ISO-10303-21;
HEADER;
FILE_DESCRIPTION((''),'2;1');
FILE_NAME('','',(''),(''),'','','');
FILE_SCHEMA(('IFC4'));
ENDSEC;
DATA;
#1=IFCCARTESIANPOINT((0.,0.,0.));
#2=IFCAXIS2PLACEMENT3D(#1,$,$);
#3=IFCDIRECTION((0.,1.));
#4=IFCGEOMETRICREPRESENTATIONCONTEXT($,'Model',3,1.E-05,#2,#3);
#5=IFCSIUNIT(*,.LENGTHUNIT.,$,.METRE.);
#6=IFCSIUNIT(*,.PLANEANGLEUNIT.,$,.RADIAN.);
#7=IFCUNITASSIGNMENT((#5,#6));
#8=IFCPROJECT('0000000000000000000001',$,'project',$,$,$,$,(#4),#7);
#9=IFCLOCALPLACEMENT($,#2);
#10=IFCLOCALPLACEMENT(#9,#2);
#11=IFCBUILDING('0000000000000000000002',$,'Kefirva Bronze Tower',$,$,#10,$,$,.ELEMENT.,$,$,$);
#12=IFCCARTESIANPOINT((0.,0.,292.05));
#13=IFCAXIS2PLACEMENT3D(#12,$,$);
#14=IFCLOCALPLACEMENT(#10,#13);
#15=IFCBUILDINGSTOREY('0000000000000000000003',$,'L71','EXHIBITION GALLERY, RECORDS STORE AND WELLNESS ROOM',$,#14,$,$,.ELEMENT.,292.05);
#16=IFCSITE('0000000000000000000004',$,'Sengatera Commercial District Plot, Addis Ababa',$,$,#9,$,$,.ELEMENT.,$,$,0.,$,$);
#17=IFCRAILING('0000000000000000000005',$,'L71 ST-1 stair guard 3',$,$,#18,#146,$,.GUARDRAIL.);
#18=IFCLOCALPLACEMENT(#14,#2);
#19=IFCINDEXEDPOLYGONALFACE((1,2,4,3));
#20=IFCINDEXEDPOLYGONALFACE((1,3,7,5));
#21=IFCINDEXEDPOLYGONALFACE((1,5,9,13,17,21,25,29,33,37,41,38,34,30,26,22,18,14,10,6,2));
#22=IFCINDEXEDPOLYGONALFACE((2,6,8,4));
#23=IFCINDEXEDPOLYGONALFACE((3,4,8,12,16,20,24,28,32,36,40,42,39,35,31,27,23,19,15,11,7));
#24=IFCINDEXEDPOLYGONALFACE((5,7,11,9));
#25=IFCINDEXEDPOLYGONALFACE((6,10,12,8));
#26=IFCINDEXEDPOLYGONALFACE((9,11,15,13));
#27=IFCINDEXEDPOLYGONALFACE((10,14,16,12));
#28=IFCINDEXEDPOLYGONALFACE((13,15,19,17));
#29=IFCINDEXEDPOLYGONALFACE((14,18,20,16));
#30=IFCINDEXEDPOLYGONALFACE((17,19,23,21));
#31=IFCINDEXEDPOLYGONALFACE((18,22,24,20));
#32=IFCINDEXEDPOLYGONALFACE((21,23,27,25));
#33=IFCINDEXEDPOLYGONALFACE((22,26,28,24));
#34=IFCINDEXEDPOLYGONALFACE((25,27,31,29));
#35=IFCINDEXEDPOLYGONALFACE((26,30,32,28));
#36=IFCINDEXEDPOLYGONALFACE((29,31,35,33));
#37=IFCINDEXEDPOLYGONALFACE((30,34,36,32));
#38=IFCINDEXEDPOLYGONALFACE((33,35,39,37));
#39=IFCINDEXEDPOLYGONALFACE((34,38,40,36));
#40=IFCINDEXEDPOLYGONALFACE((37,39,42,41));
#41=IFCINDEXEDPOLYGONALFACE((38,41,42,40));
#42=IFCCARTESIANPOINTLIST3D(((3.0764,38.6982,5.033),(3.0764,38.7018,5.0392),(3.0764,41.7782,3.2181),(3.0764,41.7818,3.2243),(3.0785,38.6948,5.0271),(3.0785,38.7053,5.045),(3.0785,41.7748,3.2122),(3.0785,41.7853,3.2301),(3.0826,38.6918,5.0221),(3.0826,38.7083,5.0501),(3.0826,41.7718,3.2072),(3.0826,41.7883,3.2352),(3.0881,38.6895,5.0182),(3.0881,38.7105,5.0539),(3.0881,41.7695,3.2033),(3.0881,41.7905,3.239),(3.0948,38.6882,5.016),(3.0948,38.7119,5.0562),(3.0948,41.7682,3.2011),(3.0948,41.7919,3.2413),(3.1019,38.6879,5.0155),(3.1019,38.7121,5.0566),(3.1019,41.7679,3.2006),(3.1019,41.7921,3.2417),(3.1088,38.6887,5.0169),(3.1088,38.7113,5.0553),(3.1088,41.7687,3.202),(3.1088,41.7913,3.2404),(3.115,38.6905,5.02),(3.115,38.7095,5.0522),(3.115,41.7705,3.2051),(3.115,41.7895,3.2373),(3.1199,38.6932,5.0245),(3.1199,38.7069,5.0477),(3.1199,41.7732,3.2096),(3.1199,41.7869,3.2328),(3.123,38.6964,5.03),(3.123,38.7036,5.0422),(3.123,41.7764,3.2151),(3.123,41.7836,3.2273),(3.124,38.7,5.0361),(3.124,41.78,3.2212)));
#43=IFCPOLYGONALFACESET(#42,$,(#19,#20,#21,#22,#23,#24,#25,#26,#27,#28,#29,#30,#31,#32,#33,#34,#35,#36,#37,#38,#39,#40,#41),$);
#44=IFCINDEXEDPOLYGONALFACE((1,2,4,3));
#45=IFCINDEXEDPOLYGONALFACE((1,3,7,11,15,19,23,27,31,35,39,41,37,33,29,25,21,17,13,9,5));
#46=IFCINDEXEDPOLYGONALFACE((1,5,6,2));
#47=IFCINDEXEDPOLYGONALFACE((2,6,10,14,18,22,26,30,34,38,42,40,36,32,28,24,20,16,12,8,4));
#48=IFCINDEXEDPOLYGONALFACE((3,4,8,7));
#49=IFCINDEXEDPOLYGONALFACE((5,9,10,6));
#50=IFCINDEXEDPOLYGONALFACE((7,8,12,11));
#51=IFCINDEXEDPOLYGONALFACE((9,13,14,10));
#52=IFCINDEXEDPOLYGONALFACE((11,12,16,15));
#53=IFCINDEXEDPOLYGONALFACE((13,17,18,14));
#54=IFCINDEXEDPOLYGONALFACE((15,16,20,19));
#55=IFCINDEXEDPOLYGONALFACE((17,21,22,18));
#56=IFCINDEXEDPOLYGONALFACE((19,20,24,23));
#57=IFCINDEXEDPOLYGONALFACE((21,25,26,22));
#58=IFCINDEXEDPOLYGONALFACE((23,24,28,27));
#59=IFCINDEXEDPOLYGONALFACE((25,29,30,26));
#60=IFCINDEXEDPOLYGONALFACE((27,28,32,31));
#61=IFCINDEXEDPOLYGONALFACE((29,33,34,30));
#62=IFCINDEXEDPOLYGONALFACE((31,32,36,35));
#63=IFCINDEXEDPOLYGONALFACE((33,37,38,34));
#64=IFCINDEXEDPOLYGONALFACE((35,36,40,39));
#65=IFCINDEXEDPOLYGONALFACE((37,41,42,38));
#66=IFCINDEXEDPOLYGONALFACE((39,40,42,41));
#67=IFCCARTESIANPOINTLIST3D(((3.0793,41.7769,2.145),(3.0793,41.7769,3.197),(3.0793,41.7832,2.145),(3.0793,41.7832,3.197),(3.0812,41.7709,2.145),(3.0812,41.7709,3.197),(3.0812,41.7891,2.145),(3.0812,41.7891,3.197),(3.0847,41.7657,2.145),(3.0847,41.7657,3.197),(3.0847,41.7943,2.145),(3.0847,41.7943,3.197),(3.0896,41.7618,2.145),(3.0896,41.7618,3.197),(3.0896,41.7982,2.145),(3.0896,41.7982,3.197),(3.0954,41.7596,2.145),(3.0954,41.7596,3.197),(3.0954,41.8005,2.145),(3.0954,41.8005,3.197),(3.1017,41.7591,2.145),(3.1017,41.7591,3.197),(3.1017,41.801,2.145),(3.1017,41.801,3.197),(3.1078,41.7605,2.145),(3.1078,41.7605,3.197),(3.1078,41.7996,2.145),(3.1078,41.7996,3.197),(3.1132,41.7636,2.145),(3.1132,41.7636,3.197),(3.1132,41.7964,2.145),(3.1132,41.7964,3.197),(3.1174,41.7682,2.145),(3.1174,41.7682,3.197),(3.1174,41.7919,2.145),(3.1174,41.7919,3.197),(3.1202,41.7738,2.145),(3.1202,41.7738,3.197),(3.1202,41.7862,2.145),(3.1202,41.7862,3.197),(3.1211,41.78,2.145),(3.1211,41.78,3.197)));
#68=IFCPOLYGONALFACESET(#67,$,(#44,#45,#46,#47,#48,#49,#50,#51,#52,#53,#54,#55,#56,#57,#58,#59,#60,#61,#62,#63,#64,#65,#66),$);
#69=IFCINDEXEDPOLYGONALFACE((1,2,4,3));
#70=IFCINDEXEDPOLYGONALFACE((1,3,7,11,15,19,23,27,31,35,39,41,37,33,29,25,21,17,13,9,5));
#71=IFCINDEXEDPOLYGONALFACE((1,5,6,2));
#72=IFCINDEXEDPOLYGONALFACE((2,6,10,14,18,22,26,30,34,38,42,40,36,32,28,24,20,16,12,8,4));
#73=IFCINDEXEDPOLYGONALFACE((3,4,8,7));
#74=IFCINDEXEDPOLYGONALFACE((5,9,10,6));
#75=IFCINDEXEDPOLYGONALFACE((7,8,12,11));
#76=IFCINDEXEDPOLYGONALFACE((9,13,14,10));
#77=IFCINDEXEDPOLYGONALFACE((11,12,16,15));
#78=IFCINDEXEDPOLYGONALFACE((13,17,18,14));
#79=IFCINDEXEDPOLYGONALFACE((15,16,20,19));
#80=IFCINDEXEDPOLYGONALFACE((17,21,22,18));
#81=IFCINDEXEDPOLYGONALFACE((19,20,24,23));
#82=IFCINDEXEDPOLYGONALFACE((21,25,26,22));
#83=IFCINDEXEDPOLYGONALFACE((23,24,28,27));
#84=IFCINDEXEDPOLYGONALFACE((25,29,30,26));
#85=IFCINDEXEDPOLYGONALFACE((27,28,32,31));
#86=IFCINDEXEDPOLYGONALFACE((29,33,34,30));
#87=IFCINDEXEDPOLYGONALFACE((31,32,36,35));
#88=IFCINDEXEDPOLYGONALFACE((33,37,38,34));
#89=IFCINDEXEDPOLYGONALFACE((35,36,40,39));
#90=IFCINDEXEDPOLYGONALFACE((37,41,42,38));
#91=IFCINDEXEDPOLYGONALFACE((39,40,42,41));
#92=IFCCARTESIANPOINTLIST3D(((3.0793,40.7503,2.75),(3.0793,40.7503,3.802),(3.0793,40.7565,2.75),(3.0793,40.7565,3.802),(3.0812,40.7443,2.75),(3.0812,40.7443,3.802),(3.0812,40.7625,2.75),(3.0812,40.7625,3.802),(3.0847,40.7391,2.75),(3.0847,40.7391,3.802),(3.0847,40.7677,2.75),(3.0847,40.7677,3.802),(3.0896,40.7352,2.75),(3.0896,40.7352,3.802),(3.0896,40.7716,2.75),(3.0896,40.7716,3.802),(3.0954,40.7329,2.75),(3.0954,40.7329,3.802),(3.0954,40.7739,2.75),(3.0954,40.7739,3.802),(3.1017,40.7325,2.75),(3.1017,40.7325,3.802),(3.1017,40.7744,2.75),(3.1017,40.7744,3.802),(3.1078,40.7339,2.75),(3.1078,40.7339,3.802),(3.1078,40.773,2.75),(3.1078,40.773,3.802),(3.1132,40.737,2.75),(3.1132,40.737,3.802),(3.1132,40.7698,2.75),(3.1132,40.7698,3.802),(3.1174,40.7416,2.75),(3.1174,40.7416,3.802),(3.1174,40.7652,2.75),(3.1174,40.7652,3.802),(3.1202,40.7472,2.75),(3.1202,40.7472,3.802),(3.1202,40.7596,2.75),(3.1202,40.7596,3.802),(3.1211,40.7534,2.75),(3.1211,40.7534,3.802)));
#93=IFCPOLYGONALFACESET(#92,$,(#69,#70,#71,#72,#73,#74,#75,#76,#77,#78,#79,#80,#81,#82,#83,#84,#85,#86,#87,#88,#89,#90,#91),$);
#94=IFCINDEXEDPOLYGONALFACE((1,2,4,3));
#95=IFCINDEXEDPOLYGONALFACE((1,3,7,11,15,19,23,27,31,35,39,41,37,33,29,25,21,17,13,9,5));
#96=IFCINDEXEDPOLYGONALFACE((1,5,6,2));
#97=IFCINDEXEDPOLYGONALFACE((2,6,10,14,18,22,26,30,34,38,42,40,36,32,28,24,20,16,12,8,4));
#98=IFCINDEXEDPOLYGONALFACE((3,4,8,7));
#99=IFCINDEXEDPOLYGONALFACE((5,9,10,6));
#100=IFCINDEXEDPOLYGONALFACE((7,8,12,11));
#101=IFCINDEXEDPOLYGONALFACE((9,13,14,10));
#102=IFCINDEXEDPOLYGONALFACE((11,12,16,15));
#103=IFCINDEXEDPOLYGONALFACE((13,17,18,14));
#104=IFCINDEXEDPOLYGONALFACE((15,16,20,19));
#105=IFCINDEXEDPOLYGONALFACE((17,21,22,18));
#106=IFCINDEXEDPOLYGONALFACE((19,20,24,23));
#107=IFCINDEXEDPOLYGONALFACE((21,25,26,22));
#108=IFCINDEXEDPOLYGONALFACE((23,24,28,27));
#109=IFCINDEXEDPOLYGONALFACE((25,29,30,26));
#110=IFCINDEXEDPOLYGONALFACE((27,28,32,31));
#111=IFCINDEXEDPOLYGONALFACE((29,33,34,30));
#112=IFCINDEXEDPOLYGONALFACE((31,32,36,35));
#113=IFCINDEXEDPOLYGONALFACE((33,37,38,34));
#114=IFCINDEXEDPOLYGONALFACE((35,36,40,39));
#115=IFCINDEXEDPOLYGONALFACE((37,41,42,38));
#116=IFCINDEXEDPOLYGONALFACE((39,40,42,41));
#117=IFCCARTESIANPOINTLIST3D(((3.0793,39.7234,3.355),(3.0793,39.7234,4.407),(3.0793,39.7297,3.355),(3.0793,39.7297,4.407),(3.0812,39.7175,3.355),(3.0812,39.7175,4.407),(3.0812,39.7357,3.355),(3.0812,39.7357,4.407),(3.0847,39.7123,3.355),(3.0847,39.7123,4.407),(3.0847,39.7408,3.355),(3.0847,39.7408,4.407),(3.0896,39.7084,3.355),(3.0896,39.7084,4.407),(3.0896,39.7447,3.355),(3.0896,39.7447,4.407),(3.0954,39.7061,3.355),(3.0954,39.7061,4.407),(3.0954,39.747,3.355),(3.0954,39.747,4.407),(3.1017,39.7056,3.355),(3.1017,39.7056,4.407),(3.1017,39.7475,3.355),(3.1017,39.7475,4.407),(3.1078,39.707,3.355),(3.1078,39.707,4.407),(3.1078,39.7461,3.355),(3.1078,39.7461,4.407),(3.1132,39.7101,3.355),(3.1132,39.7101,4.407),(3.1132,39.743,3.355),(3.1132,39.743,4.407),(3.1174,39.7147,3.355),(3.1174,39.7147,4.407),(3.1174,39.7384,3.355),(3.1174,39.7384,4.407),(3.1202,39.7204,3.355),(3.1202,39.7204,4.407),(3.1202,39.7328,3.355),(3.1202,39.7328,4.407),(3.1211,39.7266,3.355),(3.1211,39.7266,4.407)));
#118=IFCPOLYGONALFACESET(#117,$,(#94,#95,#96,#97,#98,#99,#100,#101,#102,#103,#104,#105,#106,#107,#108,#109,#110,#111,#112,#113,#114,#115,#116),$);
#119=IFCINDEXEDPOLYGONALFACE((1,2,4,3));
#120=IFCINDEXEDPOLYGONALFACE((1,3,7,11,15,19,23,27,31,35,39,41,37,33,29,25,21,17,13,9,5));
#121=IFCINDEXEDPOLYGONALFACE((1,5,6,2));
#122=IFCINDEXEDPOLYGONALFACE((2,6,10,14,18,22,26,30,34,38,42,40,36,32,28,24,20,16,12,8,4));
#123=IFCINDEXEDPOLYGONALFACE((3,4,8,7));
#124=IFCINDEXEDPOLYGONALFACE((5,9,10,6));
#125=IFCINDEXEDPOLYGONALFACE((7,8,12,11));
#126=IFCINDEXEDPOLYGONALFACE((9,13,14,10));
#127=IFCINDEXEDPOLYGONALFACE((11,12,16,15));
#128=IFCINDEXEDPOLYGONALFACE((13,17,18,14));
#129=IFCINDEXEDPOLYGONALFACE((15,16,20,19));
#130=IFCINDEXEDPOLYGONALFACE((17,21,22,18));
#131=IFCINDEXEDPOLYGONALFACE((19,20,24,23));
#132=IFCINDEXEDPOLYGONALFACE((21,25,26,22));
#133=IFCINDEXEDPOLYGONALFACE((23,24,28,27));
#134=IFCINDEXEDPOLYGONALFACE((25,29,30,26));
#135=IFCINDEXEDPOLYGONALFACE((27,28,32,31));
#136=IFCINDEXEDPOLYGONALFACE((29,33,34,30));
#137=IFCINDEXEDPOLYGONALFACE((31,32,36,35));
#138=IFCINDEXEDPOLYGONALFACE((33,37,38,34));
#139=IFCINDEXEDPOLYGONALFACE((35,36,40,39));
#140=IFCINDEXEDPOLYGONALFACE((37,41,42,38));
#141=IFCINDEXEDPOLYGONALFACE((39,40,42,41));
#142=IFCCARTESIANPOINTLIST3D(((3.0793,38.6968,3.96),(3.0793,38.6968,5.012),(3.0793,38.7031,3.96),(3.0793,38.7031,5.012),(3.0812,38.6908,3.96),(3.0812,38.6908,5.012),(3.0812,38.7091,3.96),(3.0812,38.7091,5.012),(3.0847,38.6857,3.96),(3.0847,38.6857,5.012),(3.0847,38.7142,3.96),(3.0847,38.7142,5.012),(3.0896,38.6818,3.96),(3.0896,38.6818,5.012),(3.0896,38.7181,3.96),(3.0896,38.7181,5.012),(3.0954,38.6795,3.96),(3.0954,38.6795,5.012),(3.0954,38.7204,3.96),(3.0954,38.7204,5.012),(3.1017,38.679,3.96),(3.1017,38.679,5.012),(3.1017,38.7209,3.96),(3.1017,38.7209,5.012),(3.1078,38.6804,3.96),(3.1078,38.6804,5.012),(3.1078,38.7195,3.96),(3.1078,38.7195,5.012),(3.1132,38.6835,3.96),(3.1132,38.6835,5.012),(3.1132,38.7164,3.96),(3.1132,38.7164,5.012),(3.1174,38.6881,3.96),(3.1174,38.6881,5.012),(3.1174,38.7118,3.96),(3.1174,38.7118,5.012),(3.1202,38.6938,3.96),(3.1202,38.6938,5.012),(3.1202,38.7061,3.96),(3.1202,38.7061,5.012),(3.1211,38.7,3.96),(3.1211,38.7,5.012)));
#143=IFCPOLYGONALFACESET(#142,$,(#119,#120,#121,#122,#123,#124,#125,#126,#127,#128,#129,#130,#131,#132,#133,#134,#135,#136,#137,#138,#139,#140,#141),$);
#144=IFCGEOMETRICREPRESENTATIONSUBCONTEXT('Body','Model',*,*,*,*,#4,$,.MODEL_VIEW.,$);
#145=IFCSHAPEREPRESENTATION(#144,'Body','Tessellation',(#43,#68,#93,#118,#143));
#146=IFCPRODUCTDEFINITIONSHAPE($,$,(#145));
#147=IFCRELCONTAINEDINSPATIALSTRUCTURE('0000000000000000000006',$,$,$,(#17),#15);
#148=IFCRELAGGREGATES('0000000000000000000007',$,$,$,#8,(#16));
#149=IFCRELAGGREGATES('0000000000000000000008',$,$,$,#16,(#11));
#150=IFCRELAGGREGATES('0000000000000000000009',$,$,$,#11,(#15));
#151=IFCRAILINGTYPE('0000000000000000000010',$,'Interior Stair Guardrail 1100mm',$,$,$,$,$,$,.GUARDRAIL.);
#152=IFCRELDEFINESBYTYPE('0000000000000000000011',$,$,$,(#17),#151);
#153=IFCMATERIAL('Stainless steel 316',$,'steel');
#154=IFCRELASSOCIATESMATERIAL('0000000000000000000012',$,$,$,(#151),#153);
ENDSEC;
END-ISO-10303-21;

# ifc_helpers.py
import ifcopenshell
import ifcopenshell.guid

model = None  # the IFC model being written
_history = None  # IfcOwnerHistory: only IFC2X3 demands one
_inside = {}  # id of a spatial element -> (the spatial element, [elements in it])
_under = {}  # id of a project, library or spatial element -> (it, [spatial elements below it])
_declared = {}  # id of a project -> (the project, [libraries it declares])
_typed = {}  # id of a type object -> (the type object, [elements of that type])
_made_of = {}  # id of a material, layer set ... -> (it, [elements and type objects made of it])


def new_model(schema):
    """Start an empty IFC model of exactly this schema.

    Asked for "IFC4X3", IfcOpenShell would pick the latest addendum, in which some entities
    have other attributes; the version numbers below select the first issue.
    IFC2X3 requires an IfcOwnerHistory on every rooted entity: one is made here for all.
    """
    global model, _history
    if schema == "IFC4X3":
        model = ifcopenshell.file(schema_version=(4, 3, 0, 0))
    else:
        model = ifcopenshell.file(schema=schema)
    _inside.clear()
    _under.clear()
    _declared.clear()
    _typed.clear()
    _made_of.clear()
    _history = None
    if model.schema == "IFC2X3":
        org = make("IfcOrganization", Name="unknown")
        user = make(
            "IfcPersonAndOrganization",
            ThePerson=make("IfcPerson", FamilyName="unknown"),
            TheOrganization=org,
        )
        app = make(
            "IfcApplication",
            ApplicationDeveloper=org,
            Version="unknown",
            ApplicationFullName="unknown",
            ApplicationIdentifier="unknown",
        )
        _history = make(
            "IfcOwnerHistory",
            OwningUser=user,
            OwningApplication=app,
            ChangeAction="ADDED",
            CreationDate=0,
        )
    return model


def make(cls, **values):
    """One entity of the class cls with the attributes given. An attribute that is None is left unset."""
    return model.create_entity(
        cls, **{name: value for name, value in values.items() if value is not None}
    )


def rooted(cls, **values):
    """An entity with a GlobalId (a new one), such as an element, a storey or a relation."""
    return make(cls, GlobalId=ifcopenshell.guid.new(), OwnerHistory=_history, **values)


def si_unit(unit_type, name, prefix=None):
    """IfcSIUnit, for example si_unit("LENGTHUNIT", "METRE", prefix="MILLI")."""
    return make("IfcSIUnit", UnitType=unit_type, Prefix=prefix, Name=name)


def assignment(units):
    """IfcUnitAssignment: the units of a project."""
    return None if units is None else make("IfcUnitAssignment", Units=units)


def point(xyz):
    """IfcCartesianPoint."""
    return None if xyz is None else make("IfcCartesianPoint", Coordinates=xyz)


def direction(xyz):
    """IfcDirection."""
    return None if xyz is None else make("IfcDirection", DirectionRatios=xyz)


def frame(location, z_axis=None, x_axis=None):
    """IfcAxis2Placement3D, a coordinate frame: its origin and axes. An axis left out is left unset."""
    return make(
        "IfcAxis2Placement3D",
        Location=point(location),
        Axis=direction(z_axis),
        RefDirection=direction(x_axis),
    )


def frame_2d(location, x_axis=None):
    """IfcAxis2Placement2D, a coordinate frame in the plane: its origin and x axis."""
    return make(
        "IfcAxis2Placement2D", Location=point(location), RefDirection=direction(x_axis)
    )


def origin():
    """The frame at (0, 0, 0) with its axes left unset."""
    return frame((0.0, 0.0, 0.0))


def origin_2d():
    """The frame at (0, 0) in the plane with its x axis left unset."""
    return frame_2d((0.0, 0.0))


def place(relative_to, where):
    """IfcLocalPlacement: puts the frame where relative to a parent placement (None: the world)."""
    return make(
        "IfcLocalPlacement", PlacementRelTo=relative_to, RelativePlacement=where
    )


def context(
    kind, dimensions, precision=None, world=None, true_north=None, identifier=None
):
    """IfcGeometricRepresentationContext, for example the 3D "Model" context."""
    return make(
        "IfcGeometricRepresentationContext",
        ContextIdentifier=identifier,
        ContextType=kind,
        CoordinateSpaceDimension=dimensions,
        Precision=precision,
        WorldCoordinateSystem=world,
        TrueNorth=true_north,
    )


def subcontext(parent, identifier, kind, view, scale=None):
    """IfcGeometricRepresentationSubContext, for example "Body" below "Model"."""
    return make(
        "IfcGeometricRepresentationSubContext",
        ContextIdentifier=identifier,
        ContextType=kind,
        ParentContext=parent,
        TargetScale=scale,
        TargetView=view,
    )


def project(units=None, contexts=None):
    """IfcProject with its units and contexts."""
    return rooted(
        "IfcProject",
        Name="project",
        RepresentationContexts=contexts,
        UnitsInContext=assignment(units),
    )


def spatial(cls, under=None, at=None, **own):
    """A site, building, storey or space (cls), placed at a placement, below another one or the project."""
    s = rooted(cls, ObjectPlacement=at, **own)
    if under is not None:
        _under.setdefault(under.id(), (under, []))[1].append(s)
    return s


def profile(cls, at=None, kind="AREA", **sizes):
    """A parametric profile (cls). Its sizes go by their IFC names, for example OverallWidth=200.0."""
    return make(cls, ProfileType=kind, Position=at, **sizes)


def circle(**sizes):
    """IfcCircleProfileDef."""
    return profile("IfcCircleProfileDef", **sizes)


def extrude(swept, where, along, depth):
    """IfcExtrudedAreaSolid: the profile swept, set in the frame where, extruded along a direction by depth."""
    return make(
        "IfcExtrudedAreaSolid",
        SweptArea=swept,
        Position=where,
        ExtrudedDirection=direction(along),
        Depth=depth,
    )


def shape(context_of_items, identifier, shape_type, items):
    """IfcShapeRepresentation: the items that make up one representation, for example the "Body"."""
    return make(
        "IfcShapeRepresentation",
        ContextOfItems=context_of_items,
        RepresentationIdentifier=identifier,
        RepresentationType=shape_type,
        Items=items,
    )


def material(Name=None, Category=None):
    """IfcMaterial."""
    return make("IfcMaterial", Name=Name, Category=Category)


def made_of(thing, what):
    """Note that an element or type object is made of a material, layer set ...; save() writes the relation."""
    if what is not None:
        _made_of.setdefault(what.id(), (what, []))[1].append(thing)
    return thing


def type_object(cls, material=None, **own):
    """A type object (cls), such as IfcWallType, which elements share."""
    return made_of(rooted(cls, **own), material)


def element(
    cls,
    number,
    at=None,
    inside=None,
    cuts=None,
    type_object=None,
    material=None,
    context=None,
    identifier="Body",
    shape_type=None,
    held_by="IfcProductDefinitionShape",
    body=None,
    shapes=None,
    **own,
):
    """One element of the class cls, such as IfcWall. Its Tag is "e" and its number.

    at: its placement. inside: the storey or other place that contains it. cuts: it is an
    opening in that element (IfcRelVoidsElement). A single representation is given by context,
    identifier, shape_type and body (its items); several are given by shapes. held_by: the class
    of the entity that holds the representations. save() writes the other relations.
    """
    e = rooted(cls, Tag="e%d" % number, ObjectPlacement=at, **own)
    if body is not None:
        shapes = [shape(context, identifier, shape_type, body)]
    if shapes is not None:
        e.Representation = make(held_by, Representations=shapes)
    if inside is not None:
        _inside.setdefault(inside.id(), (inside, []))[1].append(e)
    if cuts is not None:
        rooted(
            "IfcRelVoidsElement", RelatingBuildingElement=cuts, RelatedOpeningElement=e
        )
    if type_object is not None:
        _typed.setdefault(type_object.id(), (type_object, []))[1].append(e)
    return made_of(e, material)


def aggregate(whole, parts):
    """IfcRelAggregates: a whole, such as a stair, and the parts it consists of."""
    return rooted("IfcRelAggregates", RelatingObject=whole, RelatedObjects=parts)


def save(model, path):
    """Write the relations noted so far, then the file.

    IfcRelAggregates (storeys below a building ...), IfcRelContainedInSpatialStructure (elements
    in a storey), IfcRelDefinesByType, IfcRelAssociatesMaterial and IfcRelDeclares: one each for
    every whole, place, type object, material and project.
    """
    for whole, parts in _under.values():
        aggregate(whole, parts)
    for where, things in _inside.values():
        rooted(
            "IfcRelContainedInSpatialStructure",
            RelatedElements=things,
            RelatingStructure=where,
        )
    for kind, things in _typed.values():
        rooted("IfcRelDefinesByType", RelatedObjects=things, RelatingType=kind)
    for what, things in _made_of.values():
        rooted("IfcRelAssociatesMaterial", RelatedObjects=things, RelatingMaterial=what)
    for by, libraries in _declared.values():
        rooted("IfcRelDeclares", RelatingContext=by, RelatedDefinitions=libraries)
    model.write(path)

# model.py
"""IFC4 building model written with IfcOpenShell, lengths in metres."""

from ifc_helpers import new_model, si_unit, direction, frame, origin, origin_2d, place, context, subcontext, project, spatial, circle, extrude, material, type_object, element, save


model = new_model("IFC4")

# Units and contexts
model_context = context("Model", 3, precision=1e-05, world=origin(), true_north=direction((0.0, 1.0)))
body_context = subcontext(model_context, "Body", "Model", "MODEL_VIEW")
ifc_project = project(units=[si_unit("LENGTHUNIT", "METRE"), si_unit("PLANEANGLEUNIT", "RADIAN")], contexts=[model_context])

# Site, building, storey
site_placement = place(None, origin())
site = spatial("IfcSite", under=ifc_project, at=site_placement, Name="Sengatera Commercial District Plot, Addis Ababa", CompositionType="ELEMENT", RefElevation=0.0)
building_placement = place(site_placement, origin())
building = spatial("IfcBuilding", under=site, at=building_placement, Name="Kefirva Bronze Tower", CompositionType="ELEMENT")
storey_placement = place(building_placement, frame((0.0, 0.0, 292.05)))
storey = spatial("IfcBuildingStorey", under=building, at=storey_placement, Name="L71", Description="EXHIBITION GALLERY, RECORDS STORE AND WELLNESS ROOM", CompositionType="ELEMENT", Elevation=292.05)

# Railing
ifc_material_1 = material(Name="Stainless steel 316", Category="steel")
railing_type_1 = type_object("IfcRailingType", Name="Interior Stair Guardrail 1100mm", PredefinedType="GUARDRAIL", material=ifc_material_1)
railing_1_placement = place(storey_placement, frame((3.1001, 41.78, 2.145)))
element("IfcRailing", 1, at=railing_1_placement, inside=storey, type_object=railing_type_1, Name="L71 ST-1 stair guard 3", PredefinedType="GUARDRAIL", context=body_context, shape_type="SweptSolid", body=[
    extrude(circle(Radius=0.0239, at=origin_2d()), frame((0.0, 0.0, 1.0762), z_axis=(0.0, -0.861551, 0.507671), x_axis=(1.0, 0.0, 0.0)), (0.0, 0.0, 1.0), 3.575),
    extrude(circle(Radius=0.021, at=origin_2d()), origin(), (0.0, 0.0, 1.0), 1.052),
    extrude(circle(Radius=0.021, at=origin_2d()), frame((0.0, -1.0266, 0.605)), (0.0, 0.0, 1.0), 1.052),
    extrude(circle(Radius=0.021, at=origin_2d()), frame((0.0, -2.0535, 1.21)), (0.0, 0.0, 1.0), 1.052),
    extrude(circle(Radius=0.021, at=origin_2d()), frame((0.0, -3.0801, 1.8149)), (0.0, 0.0, 1.0), 1.052),
])

save(model, "model.ifc")
